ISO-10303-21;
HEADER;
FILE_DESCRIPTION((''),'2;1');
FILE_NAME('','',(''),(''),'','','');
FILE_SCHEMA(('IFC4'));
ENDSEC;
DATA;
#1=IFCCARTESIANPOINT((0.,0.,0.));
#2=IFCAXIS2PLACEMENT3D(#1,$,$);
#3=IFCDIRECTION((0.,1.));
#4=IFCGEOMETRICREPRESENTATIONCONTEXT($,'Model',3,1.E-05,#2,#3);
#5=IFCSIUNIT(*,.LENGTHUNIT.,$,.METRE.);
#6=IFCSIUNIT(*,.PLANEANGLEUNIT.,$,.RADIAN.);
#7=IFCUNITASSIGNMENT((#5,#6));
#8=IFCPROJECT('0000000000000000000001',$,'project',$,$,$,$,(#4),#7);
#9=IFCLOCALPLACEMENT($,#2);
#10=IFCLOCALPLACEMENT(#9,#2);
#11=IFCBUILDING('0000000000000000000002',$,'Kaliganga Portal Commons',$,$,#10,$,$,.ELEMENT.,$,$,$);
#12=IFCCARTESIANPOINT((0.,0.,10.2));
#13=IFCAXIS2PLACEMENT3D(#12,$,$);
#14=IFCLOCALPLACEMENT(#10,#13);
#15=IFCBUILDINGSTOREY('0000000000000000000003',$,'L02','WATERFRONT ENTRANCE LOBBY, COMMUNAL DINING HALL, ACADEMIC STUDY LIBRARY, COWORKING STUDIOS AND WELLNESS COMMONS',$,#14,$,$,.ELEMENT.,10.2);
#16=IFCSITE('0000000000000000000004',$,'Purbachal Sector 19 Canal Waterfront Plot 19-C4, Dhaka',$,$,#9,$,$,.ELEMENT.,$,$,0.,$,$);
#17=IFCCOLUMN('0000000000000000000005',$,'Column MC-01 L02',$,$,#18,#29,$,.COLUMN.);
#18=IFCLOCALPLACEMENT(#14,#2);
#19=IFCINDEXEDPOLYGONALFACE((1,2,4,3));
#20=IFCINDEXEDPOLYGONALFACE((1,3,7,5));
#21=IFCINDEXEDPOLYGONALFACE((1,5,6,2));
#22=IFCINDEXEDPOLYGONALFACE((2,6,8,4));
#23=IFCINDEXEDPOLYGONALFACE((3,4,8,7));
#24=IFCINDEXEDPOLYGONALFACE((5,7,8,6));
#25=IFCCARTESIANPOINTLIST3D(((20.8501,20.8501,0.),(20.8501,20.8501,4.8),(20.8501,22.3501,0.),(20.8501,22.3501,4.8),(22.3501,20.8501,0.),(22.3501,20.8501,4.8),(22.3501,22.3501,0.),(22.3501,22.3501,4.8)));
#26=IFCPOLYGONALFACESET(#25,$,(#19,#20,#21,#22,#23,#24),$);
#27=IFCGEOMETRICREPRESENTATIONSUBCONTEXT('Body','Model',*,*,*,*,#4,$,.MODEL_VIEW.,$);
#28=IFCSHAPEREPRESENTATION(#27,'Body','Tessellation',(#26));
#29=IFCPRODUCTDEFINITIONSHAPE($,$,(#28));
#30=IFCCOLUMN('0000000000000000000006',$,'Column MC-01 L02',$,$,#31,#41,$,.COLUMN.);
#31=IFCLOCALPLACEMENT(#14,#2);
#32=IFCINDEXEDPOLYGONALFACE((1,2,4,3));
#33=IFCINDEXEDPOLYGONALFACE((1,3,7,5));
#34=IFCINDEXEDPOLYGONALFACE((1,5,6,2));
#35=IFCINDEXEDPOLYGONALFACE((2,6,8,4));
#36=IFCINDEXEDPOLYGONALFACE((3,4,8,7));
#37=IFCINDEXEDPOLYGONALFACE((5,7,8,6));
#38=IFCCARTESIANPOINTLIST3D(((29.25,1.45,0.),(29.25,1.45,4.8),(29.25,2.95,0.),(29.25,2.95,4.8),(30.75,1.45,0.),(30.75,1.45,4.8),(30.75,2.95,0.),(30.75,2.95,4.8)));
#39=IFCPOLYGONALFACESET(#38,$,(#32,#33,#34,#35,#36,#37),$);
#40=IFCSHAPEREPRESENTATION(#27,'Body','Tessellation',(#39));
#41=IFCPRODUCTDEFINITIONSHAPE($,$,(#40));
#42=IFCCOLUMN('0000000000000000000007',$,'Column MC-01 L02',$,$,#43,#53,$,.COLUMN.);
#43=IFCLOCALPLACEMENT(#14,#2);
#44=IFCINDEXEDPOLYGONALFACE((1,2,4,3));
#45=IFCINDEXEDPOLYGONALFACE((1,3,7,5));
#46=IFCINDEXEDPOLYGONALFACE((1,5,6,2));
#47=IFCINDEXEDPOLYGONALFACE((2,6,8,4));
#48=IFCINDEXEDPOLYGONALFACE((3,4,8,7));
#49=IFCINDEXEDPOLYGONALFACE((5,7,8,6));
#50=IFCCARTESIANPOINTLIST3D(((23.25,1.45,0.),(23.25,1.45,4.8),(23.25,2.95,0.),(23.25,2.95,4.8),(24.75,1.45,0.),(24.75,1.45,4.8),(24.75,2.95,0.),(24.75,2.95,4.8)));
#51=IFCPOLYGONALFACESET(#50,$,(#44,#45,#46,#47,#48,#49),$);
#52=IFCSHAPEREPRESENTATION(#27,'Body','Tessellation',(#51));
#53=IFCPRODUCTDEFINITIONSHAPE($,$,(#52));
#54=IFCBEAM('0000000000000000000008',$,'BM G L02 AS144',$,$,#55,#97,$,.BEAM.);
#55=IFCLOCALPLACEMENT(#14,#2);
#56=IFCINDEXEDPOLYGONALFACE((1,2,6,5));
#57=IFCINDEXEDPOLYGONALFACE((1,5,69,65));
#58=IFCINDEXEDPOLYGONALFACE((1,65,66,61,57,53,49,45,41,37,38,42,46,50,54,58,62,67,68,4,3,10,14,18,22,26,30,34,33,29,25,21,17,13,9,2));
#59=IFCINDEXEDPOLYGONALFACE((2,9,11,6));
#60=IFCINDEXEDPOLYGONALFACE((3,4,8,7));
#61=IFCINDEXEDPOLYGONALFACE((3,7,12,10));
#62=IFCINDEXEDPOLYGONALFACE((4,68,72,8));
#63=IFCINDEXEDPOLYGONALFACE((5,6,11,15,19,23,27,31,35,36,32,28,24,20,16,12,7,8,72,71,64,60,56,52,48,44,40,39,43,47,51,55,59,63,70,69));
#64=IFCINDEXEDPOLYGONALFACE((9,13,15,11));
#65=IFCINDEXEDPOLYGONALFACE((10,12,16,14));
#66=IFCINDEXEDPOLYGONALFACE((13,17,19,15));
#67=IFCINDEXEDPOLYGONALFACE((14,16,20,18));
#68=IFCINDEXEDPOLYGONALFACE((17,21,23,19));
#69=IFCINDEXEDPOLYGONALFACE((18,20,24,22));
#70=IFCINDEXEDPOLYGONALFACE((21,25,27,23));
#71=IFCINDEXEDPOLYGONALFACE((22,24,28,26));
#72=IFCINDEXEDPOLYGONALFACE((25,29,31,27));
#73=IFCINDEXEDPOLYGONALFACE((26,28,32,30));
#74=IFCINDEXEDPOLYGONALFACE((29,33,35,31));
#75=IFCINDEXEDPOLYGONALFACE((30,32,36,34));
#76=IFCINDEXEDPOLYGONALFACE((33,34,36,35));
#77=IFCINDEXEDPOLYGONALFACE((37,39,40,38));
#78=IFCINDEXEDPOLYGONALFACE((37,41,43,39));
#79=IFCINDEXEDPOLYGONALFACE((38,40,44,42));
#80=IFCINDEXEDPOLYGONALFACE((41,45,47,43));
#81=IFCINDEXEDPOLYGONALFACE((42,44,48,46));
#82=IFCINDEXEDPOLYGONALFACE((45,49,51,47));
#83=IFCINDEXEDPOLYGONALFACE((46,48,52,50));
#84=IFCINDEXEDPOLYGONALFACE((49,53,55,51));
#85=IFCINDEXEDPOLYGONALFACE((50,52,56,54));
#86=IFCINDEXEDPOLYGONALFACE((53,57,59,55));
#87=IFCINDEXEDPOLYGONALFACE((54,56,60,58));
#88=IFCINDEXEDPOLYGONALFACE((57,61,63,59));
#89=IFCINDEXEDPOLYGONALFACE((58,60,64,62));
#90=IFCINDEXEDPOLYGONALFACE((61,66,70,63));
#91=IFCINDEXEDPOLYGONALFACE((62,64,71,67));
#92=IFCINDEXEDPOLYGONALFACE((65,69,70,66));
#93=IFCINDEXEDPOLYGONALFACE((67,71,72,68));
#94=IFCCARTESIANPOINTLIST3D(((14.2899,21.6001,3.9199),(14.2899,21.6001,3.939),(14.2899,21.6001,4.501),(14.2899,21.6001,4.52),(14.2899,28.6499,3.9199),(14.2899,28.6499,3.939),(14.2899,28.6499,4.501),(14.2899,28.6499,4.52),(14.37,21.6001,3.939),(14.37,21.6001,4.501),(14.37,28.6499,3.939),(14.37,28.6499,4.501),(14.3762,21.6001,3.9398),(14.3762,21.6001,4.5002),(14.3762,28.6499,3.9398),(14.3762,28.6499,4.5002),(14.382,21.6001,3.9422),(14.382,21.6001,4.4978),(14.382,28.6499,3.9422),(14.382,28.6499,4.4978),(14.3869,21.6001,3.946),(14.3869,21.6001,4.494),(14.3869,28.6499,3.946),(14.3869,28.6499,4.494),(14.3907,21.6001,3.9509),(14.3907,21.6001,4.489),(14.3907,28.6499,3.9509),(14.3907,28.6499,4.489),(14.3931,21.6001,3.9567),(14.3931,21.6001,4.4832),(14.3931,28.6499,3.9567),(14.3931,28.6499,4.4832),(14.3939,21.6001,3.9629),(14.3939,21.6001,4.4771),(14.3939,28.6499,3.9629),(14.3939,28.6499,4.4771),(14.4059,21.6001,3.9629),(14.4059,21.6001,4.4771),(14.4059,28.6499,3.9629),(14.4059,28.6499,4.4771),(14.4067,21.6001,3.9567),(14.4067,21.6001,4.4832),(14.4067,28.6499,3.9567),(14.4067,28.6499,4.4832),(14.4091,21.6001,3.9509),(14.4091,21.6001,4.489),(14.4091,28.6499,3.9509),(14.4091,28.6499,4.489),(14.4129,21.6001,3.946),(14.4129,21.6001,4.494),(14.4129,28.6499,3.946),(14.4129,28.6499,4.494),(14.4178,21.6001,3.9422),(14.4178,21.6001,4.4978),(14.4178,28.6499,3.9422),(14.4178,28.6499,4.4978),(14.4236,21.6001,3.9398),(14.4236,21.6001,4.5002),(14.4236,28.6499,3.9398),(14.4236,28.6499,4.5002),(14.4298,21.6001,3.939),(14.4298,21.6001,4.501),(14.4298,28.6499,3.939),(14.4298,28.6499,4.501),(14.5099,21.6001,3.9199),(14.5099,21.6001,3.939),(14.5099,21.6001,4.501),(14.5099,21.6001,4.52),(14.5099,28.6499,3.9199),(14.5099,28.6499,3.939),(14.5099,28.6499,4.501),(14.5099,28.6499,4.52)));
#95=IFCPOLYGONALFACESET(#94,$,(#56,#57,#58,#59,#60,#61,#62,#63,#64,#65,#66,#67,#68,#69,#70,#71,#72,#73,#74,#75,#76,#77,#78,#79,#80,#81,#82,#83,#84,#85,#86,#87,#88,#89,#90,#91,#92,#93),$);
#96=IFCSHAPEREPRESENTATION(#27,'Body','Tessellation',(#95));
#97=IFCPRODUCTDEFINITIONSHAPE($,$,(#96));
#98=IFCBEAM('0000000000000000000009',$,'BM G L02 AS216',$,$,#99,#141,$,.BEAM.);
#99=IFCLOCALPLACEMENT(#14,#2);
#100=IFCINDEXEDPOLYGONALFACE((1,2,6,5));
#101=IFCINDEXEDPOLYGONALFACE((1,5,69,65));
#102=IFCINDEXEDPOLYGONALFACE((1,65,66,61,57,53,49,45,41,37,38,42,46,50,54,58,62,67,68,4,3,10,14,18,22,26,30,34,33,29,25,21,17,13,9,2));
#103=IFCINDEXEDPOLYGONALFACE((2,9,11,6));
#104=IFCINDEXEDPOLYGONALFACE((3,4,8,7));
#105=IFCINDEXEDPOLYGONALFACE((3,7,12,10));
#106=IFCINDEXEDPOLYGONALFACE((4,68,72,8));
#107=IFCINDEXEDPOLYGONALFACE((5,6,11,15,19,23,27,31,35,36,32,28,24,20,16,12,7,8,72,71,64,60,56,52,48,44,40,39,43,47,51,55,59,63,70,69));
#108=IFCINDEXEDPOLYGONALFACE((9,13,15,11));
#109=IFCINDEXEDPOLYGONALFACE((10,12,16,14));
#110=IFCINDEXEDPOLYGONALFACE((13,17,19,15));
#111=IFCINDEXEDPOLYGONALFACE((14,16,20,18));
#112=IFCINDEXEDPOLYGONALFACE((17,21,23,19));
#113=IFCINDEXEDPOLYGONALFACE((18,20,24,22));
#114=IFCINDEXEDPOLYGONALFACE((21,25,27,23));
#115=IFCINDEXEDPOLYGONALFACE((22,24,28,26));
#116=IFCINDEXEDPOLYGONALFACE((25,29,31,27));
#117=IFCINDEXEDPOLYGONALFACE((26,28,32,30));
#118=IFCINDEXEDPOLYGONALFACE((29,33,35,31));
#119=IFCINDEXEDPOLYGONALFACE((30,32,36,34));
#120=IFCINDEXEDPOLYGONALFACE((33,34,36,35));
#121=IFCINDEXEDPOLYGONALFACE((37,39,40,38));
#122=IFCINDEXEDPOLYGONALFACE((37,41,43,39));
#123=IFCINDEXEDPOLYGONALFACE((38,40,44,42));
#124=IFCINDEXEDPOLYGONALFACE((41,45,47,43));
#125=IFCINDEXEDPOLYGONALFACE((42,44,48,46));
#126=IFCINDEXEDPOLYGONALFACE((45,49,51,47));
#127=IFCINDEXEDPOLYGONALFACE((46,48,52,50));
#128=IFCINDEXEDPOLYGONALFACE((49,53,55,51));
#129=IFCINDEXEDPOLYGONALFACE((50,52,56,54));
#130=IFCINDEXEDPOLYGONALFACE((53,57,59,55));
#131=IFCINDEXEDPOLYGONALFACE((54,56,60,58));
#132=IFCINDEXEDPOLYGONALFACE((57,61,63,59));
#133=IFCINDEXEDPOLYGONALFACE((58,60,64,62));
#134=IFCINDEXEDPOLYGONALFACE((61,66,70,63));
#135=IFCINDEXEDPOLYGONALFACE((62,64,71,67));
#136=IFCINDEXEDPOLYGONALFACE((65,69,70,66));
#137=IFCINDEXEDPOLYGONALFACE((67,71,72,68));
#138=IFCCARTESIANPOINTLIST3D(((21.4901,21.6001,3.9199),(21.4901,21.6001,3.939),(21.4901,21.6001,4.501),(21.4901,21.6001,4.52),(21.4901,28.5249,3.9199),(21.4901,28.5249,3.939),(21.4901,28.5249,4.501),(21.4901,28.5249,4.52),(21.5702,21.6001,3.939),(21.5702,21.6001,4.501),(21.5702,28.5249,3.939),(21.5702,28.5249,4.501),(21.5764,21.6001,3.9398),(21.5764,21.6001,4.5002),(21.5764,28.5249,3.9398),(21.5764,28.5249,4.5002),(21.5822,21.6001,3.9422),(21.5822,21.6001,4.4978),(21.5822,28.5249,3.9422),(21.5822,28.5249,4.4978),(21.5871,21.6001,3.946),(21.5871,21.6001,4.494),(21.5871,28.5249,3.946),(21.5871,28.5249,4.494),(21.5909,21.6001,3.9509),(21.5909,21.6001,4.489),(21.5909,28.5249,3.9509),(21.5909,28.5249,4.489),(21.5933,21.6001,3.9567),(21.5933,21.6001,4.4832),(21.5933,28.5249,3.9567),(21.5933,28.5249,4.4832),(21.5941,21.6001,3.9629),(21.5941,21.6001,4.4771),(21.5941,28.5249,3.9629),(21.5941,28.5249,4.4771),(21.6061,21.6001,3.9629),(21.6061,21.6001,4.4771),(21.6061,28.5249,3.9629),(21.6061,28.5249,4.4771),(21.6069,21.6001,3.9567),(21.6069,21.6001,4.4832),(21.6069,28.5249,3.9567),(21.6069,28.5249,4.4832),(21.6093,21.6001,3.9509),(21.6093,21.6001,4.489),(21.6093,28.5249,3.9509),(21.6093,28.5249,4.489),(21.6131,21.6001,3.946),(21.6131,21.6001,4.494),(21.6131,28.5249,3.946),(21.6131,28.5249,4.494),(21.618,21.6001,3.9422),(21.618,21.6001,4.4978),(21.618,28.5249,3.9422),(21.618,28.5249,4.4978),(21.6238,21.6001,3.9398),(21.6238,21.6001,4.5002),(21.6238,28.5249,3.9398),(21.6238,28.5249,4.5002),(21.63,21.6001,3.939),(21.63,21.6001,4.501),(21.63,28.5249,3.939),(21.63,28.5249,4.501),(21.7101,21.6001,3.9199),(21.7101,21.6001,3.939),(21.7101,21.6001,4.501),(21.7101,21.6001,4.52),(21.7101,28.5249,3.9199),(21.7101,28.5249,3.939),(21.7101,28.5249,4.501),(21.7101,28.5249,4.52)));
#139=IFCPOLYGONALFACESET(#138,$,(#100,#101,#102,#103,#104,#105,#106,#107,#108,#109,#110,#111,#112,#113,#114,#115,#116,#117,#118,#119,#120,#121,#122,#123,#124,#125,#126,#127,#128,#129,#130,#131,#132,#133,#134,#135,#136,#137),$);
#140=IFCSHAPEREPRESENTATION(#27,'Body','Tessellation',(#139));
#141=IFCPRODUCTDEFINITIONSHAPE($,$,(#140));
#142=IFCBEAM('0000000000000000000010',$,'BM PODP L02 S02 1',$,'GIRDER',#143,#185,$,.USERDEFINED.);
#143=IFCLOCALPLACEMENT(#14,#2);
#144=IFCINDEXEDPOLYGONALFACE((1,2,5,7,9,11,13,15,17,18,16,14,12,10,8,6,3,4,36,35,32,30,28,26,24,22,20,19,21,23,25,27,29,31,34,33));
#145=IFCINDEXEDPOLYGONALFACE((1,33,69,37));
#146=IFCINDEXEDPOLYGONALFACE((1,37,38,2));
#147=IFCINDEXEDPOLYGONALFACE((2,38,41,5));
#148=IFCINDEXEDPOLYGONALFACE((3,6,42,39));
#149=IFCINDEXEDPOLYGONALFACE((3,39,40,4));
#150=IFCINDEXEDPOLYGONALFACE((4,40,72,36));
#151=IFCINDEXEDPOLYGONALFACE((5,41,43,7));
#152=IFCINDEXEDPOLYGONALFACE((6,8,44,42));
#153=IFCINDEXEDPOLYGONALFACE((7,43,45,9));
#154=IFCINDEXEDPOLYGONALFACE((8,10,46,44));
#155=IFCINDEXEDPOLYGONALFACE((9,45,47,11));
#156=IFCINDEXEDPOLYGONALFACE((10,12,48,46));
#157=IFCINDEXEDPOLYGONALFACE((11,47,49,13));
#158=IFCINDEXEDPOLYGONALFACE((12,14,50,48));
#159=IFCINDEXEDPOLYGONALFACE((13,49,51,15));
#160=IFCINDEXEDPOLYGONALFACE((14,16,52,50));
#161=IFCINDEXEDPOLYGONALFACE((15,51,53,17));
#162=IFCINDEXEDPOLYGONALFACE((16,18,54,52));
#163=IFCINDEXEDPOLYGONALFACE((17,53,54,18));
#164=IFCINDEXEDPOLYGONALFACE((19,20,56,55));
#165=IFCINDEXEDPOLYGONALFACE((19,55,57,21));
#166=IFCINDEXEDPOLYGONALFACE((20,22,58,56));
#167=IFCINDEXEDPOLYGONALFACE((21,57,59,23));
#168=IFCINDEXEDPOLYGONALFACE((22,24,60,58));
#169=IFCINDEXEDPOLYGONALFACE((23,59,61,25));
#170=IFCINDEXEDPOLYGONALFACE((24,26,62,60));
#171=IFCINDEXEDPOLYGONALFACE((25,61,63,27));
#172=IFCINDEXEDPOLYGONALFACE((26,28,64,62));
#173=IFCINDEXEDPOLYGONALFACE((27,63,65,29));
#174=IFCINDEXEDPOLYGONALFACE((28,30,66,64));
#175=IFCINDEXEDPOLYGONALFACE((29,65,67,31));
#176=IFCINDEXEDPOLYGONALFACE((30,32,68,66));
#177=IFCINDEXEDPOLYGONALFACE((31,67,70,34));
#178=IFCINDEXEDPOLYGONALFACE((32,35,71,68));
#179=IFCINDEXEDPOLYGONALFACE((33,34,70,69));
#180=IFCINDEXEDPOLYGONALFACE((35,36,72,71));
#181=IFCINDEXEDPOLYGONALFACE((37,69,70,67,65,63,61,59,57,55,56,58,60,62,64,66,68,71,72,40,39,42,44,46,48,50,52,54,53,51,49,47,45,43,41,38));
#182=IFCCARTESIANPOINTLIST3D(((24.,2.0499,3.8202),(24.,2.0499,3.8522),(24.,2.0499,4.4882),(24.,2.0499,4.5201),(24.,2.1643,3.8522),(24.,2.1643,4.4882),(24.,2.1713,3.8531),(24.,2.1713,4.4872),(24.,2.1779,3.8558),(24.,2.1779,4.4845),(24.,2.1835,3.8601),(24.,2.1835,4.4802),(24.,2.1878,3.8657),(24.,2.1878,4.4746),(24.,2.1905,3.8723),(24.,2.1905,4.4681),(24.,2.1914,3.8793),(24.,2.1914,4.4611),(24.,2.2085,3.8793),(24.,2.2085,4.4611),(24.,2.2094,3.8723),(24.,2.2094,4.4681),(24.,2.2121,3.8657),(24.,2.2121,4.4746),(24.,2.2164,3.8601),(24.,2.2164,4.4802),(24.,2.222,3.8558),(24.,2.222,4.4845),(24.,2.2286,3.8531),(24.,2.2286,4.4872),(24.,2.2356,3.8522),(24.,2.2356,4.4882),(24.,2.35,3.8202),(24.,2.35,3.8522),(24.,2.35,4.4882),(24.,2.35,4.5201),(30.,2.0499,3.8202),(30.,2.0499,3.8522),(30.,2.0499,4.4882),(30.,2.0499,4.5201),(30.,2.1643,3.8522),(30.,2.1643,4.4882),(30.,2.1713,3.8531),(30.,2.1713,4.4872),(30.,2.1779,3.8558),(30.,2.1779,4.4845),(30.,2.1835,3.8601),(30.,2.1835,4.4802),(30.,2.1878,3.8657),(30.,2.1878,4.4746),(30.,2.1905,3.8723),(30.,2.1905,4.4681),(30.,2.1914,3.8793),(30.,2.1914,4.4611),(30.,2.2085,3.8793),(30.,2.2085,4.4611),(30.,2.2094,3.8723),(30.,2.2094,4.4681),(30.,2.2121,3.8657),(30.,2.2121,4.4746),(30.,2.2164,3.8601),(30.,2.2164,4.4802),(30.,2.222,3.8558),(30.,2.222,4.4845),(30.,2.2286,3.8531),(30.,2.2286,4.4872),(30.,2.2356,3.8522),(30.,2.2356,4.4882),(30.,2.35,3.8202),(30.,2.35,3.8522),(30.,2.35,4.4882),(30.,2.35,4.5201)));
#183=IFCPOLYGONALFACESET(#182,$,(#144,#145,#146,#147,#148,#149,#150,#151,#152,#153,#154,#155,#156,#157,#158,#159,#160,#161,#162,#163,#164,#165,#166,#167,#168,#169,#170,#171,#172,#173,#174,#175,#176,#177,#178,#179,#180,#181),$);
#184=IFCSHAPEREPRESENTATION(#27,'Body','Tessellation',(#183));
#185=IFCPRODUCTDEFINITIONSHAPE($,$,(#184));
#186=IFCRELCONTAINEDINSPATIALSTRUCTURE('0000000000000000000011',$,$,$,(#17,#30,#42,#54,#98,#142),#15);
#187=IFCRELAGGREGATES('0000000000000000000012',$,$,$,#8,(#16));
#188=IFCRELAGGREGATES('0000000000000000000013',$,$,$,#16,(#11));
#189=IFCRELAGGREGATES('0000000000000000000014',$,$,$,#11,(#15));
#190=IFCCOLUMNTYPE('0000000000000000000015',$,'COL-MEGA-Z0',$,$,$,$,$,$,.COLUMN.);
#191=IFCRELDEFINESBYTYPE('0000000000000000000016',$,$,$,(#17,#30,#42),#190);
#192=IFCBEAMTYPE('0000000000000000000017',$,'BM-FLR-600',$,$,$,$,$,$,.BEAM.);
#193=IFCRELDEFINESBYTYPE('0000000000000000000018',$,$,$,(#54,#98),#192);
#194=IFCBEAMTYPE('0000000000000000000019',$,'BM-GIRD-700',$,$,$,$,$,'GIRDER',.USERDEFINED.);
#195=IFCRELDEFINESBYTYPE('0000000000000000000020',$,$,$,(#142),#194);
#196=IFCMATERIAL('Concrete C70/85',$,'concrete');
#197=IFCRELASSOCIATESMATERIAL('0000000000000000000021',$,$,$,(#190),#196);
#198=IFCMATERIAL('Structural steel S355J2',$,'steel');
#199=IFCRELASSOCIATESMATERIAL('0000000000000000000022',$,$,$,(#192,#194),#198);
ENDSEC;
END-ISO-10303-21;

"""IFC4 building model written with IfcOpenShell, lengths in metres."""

from ifc_helpers import new_model, si_unit, direction, frame, origin, origin_2d, place, context, subcontext, project, spatial, rectangle, i_section, extrude, source, transform, mapped, material, material_profile, profile_set, type_object, element, save


model = new_model("IFC4")

# Units and contexts
model_context = context("Model", 3, precision=1e-05, world=origin(), true_north=direction((0.0, 1.0)))
body_context = subcontext(model_context, "Body", "Model", "MODEL_VIEW")
ifc_project = project(units=[si_unit("LENGTHUNIT", "METRE"), si_unit("PLANEANGLEUNIT", "RADIAN")], contexts=[model_context])

# Site, building, storey
site_placement = place(None, origin())
site = spatial("IfcSite", under=ifc_project, at=site_placement, Name="Purbachal Sector 19 Canal Waterfront Plot 19-C4, Dhaka", CompositionType="ELEMENT", RefElevation=0.0)
building_placement = place(site_placement, origin())
building = spatial("IfcBuilding", under=site, at=building_placement, Name="Kaliganga Portal Commons", CompositionType="ELEMENT")
storey_placement = place(building_placement, frame((0.0, 0.0, 10.2)))
storey = spatial("IfcBuildingStorey", under=building, at=storey_placement, Name="L02", Description="WATERFRONT ENTRANCE LOBBY, COMMUNAL DINING HALL, ACADEMIC STUDY LIBRARY, COWORKING STUDIOS AND WELLNESS COMMONS", CompositionType="ELEMENT", Elevation=10.2)

# Columns
ifc_material_1 = material(Name="Concrete C70/85", Category="concrete")
ifc_material_profile_1 = material_profile(ifc_material_1, rectangle(XDim=1.5, YDim=1.5, at=origin_2d()), Name="RC 1500x1500")
ifc_profile_set_1 = profile_set([ifc_material_profile_1], Name="Concrete C70/85")
column_type = type_object("IfcColumnType", Name="COL-MEGA-Z0", PredefinedType="COLUMN", material=ifc_profile_set_1)
shared_shape_1 = source(origin(), body_context, "Body", "SweptSolid", [
    extrude(rectangle(XDim=1.5, YDim=1.5, at=origin_2d()), origin(), (0.0, 0.0, 1.0), 4.8),
])
for number, where, z_axis, x_axis, name in (
    (1, (21.6001, 21.6001, 0.0), (0.0, 0.0, 1.0), (1.0, 0.0, 0.0), "Column MC-01 L02"),
    (2, (30.0, 2.2, 0.0), (0.0, 0.0, 1.0), (1.0, 0.0, 0.0), "Column MC-01 L02"),
    (3, (24.0, 2.2, 0.0), (0.0, 0.0, 1.0), (1.0, 0.0, 0.0), "Column MC-01 L02"),
):
    element("IfcColumn", number, at=place(storey_placement, frame(where, z_axis=z_axis, x_axis=x_axis)), inside=storey, type_object=column_type, Name=name, PredefinedType="COLUMN", context=body_context, shape_type="MappedRepresentation", body=[
        mapped(shared_shape_1, transform((0.0, 0.0, 0.0), x_axis=(1.0, 0.0, 0.0), y_axis=(0.0, 1.0, 0.0), z_axis=(0.0, 0.0, 1.0), scale=1.0)),
    ])

# Beams
ifc_material_2 = material(Name="Structural steel S355J2", Category="steel")
ifc_material_profile_2 = material_profile(ifc_material_2, i_section(OverallWidth=0.22, OverallDepth=0.6001, WebThickness=0.012, FlangeThickness=0.019, FilletRadius=0.0239, at=origin_2d()), Name="IPE 600")
ifc_profile_set_2 = profile_set([ifc_material_profile_2], Name="Structural steel S355J2 wide-flange")
beam_type_1 = type_object("IfcBeamType", Name="BM-FLR-600", PredefinedType="BEAM", material=ifc_profile_set_2)
shared_shape_2 = source(origin(), body_context, "Body", "SweptSolid", [
    extrude(i_section(OverallWidth=0.22, OverallDepth=0.6001, WebThickness=0.012, FlangeThickness=0.019, FilletRadius=0.0239, at=origin_2d()), origin(), (0.0, 0.0, 1.0), 7.0498),
])
beam_1_placement = place(storey_placement, frame((14.3999, 21.6001, 4.22), z_axis=(0.0, 1.0, 0.0), x_axis=(-1.0, 0.0, 0.0)))
element("IfcBeam", 4, at=beam_1_placement, inside=storey, type_object=beam_type_1, Name="BM G L02 AS144", PredefinedType="BEAM", context=body_context, shape_type="MappedRepresentation", body=[
    mapped(shared_shape_2, transform((0.0, 0.0, 0.0), x_axis=(1.0, 0.0, 0.0), y_axis=(0.0, 1.0, 0.0), z_axis=(0.0, 0.0, 1.0), scale=1.0)),
])
shared_shape_3 = source(origin(), body_context, "Body", "SweptSolid", [
    extrude(i_section(OverallWidth=0.22, OverallDepth=0.6001, WebThickness=0.012, FlangeThickness=0.019, FilletRadius=0.0239, at=origin_2d()), origin(), (0.0, 0.0, 1.0), 6.9248),
])
beam_2_placement = place(storey_placement, frame((21.6001, 21.6001, 4.22), z_axis=(0.0, 1.0, 0.0), x_axis=(-1.0, 0.0, 0.0)))
element("IfcBeam", 5, at=beam_2_placement, inside=storey, type_object=beam_type_1, Name="BM G L02 AS216", PredefinedType="BEAM", context=body_context, shape_type="MappedRepresentation", body=[
    mapped(shared_shape_3, transform((0.0, 0.0, 0.0), x_axis=(1.0, 0.0, 0.0), y_axis=(0.0, 1.0, 0.0), z_axis=(0.0, 0.0, 1.0), scale=1.0)),
])
ifc_material_profile_3 = material_profile(ifc_material_2, i_section(OverallWidth=0.3, OverallDepth=0.7, WebThickness=0.0171, FlangeThickness=0.032, FilletRadius=0.0271, at=origin_2d()), Name="HE 700 B")
ifc_profile_set_3 = profile_set([ifc_material_profile_3], Name="Structural steel S355J2 wide-flange")
beam_type_2 = type_object("IfcBeamType", Name="BM-GIRD-700", ElementType="GIRDER", PredefinedType="USERDEFINED", material=ifc_profile_set_3)
shared_shape_4 = source(origin(), body_context, "Body", "SweptSolid", [
    extrude(i_section(OverallWidth=0.3, OverallDepth=0.7, WebThickness=0.0171, FlangeThickness=0.032, FilletRadius=0.0271, at=origin_2d()), origin(), (0.0, 0.0, 1.0), 6.0),
])
for number, where, z_axis, x_axis, name in (
    (6, (24.0, 2.2, 4.1702), (1.0, 0.0, 0.0), (0.0, 1.0, 0.0), "BM PODP L02 S02 1"),
):
    element("IfcBeam", number, at=place(storey_placement, frame(where, z_axis=z_axis, x_axis=x_axis)), inside=storey, type_object=beam_type_2, Name=name, ObjectType="GIRDER", PredefinedType="USERDEFINED", context=body_context, shape_type="MappedRepresentation", body=[
        mapped(shared_shape_4, transform((0.0, 0.0, 0.0), x_axis=(1.0, 0.0, 0.0), y_axis=(0.0, 1.0, 0.0), z_axis=(0.0, 0.0, 1.0), scale=1.0)),
    ])

save(model, "model.ifc")
